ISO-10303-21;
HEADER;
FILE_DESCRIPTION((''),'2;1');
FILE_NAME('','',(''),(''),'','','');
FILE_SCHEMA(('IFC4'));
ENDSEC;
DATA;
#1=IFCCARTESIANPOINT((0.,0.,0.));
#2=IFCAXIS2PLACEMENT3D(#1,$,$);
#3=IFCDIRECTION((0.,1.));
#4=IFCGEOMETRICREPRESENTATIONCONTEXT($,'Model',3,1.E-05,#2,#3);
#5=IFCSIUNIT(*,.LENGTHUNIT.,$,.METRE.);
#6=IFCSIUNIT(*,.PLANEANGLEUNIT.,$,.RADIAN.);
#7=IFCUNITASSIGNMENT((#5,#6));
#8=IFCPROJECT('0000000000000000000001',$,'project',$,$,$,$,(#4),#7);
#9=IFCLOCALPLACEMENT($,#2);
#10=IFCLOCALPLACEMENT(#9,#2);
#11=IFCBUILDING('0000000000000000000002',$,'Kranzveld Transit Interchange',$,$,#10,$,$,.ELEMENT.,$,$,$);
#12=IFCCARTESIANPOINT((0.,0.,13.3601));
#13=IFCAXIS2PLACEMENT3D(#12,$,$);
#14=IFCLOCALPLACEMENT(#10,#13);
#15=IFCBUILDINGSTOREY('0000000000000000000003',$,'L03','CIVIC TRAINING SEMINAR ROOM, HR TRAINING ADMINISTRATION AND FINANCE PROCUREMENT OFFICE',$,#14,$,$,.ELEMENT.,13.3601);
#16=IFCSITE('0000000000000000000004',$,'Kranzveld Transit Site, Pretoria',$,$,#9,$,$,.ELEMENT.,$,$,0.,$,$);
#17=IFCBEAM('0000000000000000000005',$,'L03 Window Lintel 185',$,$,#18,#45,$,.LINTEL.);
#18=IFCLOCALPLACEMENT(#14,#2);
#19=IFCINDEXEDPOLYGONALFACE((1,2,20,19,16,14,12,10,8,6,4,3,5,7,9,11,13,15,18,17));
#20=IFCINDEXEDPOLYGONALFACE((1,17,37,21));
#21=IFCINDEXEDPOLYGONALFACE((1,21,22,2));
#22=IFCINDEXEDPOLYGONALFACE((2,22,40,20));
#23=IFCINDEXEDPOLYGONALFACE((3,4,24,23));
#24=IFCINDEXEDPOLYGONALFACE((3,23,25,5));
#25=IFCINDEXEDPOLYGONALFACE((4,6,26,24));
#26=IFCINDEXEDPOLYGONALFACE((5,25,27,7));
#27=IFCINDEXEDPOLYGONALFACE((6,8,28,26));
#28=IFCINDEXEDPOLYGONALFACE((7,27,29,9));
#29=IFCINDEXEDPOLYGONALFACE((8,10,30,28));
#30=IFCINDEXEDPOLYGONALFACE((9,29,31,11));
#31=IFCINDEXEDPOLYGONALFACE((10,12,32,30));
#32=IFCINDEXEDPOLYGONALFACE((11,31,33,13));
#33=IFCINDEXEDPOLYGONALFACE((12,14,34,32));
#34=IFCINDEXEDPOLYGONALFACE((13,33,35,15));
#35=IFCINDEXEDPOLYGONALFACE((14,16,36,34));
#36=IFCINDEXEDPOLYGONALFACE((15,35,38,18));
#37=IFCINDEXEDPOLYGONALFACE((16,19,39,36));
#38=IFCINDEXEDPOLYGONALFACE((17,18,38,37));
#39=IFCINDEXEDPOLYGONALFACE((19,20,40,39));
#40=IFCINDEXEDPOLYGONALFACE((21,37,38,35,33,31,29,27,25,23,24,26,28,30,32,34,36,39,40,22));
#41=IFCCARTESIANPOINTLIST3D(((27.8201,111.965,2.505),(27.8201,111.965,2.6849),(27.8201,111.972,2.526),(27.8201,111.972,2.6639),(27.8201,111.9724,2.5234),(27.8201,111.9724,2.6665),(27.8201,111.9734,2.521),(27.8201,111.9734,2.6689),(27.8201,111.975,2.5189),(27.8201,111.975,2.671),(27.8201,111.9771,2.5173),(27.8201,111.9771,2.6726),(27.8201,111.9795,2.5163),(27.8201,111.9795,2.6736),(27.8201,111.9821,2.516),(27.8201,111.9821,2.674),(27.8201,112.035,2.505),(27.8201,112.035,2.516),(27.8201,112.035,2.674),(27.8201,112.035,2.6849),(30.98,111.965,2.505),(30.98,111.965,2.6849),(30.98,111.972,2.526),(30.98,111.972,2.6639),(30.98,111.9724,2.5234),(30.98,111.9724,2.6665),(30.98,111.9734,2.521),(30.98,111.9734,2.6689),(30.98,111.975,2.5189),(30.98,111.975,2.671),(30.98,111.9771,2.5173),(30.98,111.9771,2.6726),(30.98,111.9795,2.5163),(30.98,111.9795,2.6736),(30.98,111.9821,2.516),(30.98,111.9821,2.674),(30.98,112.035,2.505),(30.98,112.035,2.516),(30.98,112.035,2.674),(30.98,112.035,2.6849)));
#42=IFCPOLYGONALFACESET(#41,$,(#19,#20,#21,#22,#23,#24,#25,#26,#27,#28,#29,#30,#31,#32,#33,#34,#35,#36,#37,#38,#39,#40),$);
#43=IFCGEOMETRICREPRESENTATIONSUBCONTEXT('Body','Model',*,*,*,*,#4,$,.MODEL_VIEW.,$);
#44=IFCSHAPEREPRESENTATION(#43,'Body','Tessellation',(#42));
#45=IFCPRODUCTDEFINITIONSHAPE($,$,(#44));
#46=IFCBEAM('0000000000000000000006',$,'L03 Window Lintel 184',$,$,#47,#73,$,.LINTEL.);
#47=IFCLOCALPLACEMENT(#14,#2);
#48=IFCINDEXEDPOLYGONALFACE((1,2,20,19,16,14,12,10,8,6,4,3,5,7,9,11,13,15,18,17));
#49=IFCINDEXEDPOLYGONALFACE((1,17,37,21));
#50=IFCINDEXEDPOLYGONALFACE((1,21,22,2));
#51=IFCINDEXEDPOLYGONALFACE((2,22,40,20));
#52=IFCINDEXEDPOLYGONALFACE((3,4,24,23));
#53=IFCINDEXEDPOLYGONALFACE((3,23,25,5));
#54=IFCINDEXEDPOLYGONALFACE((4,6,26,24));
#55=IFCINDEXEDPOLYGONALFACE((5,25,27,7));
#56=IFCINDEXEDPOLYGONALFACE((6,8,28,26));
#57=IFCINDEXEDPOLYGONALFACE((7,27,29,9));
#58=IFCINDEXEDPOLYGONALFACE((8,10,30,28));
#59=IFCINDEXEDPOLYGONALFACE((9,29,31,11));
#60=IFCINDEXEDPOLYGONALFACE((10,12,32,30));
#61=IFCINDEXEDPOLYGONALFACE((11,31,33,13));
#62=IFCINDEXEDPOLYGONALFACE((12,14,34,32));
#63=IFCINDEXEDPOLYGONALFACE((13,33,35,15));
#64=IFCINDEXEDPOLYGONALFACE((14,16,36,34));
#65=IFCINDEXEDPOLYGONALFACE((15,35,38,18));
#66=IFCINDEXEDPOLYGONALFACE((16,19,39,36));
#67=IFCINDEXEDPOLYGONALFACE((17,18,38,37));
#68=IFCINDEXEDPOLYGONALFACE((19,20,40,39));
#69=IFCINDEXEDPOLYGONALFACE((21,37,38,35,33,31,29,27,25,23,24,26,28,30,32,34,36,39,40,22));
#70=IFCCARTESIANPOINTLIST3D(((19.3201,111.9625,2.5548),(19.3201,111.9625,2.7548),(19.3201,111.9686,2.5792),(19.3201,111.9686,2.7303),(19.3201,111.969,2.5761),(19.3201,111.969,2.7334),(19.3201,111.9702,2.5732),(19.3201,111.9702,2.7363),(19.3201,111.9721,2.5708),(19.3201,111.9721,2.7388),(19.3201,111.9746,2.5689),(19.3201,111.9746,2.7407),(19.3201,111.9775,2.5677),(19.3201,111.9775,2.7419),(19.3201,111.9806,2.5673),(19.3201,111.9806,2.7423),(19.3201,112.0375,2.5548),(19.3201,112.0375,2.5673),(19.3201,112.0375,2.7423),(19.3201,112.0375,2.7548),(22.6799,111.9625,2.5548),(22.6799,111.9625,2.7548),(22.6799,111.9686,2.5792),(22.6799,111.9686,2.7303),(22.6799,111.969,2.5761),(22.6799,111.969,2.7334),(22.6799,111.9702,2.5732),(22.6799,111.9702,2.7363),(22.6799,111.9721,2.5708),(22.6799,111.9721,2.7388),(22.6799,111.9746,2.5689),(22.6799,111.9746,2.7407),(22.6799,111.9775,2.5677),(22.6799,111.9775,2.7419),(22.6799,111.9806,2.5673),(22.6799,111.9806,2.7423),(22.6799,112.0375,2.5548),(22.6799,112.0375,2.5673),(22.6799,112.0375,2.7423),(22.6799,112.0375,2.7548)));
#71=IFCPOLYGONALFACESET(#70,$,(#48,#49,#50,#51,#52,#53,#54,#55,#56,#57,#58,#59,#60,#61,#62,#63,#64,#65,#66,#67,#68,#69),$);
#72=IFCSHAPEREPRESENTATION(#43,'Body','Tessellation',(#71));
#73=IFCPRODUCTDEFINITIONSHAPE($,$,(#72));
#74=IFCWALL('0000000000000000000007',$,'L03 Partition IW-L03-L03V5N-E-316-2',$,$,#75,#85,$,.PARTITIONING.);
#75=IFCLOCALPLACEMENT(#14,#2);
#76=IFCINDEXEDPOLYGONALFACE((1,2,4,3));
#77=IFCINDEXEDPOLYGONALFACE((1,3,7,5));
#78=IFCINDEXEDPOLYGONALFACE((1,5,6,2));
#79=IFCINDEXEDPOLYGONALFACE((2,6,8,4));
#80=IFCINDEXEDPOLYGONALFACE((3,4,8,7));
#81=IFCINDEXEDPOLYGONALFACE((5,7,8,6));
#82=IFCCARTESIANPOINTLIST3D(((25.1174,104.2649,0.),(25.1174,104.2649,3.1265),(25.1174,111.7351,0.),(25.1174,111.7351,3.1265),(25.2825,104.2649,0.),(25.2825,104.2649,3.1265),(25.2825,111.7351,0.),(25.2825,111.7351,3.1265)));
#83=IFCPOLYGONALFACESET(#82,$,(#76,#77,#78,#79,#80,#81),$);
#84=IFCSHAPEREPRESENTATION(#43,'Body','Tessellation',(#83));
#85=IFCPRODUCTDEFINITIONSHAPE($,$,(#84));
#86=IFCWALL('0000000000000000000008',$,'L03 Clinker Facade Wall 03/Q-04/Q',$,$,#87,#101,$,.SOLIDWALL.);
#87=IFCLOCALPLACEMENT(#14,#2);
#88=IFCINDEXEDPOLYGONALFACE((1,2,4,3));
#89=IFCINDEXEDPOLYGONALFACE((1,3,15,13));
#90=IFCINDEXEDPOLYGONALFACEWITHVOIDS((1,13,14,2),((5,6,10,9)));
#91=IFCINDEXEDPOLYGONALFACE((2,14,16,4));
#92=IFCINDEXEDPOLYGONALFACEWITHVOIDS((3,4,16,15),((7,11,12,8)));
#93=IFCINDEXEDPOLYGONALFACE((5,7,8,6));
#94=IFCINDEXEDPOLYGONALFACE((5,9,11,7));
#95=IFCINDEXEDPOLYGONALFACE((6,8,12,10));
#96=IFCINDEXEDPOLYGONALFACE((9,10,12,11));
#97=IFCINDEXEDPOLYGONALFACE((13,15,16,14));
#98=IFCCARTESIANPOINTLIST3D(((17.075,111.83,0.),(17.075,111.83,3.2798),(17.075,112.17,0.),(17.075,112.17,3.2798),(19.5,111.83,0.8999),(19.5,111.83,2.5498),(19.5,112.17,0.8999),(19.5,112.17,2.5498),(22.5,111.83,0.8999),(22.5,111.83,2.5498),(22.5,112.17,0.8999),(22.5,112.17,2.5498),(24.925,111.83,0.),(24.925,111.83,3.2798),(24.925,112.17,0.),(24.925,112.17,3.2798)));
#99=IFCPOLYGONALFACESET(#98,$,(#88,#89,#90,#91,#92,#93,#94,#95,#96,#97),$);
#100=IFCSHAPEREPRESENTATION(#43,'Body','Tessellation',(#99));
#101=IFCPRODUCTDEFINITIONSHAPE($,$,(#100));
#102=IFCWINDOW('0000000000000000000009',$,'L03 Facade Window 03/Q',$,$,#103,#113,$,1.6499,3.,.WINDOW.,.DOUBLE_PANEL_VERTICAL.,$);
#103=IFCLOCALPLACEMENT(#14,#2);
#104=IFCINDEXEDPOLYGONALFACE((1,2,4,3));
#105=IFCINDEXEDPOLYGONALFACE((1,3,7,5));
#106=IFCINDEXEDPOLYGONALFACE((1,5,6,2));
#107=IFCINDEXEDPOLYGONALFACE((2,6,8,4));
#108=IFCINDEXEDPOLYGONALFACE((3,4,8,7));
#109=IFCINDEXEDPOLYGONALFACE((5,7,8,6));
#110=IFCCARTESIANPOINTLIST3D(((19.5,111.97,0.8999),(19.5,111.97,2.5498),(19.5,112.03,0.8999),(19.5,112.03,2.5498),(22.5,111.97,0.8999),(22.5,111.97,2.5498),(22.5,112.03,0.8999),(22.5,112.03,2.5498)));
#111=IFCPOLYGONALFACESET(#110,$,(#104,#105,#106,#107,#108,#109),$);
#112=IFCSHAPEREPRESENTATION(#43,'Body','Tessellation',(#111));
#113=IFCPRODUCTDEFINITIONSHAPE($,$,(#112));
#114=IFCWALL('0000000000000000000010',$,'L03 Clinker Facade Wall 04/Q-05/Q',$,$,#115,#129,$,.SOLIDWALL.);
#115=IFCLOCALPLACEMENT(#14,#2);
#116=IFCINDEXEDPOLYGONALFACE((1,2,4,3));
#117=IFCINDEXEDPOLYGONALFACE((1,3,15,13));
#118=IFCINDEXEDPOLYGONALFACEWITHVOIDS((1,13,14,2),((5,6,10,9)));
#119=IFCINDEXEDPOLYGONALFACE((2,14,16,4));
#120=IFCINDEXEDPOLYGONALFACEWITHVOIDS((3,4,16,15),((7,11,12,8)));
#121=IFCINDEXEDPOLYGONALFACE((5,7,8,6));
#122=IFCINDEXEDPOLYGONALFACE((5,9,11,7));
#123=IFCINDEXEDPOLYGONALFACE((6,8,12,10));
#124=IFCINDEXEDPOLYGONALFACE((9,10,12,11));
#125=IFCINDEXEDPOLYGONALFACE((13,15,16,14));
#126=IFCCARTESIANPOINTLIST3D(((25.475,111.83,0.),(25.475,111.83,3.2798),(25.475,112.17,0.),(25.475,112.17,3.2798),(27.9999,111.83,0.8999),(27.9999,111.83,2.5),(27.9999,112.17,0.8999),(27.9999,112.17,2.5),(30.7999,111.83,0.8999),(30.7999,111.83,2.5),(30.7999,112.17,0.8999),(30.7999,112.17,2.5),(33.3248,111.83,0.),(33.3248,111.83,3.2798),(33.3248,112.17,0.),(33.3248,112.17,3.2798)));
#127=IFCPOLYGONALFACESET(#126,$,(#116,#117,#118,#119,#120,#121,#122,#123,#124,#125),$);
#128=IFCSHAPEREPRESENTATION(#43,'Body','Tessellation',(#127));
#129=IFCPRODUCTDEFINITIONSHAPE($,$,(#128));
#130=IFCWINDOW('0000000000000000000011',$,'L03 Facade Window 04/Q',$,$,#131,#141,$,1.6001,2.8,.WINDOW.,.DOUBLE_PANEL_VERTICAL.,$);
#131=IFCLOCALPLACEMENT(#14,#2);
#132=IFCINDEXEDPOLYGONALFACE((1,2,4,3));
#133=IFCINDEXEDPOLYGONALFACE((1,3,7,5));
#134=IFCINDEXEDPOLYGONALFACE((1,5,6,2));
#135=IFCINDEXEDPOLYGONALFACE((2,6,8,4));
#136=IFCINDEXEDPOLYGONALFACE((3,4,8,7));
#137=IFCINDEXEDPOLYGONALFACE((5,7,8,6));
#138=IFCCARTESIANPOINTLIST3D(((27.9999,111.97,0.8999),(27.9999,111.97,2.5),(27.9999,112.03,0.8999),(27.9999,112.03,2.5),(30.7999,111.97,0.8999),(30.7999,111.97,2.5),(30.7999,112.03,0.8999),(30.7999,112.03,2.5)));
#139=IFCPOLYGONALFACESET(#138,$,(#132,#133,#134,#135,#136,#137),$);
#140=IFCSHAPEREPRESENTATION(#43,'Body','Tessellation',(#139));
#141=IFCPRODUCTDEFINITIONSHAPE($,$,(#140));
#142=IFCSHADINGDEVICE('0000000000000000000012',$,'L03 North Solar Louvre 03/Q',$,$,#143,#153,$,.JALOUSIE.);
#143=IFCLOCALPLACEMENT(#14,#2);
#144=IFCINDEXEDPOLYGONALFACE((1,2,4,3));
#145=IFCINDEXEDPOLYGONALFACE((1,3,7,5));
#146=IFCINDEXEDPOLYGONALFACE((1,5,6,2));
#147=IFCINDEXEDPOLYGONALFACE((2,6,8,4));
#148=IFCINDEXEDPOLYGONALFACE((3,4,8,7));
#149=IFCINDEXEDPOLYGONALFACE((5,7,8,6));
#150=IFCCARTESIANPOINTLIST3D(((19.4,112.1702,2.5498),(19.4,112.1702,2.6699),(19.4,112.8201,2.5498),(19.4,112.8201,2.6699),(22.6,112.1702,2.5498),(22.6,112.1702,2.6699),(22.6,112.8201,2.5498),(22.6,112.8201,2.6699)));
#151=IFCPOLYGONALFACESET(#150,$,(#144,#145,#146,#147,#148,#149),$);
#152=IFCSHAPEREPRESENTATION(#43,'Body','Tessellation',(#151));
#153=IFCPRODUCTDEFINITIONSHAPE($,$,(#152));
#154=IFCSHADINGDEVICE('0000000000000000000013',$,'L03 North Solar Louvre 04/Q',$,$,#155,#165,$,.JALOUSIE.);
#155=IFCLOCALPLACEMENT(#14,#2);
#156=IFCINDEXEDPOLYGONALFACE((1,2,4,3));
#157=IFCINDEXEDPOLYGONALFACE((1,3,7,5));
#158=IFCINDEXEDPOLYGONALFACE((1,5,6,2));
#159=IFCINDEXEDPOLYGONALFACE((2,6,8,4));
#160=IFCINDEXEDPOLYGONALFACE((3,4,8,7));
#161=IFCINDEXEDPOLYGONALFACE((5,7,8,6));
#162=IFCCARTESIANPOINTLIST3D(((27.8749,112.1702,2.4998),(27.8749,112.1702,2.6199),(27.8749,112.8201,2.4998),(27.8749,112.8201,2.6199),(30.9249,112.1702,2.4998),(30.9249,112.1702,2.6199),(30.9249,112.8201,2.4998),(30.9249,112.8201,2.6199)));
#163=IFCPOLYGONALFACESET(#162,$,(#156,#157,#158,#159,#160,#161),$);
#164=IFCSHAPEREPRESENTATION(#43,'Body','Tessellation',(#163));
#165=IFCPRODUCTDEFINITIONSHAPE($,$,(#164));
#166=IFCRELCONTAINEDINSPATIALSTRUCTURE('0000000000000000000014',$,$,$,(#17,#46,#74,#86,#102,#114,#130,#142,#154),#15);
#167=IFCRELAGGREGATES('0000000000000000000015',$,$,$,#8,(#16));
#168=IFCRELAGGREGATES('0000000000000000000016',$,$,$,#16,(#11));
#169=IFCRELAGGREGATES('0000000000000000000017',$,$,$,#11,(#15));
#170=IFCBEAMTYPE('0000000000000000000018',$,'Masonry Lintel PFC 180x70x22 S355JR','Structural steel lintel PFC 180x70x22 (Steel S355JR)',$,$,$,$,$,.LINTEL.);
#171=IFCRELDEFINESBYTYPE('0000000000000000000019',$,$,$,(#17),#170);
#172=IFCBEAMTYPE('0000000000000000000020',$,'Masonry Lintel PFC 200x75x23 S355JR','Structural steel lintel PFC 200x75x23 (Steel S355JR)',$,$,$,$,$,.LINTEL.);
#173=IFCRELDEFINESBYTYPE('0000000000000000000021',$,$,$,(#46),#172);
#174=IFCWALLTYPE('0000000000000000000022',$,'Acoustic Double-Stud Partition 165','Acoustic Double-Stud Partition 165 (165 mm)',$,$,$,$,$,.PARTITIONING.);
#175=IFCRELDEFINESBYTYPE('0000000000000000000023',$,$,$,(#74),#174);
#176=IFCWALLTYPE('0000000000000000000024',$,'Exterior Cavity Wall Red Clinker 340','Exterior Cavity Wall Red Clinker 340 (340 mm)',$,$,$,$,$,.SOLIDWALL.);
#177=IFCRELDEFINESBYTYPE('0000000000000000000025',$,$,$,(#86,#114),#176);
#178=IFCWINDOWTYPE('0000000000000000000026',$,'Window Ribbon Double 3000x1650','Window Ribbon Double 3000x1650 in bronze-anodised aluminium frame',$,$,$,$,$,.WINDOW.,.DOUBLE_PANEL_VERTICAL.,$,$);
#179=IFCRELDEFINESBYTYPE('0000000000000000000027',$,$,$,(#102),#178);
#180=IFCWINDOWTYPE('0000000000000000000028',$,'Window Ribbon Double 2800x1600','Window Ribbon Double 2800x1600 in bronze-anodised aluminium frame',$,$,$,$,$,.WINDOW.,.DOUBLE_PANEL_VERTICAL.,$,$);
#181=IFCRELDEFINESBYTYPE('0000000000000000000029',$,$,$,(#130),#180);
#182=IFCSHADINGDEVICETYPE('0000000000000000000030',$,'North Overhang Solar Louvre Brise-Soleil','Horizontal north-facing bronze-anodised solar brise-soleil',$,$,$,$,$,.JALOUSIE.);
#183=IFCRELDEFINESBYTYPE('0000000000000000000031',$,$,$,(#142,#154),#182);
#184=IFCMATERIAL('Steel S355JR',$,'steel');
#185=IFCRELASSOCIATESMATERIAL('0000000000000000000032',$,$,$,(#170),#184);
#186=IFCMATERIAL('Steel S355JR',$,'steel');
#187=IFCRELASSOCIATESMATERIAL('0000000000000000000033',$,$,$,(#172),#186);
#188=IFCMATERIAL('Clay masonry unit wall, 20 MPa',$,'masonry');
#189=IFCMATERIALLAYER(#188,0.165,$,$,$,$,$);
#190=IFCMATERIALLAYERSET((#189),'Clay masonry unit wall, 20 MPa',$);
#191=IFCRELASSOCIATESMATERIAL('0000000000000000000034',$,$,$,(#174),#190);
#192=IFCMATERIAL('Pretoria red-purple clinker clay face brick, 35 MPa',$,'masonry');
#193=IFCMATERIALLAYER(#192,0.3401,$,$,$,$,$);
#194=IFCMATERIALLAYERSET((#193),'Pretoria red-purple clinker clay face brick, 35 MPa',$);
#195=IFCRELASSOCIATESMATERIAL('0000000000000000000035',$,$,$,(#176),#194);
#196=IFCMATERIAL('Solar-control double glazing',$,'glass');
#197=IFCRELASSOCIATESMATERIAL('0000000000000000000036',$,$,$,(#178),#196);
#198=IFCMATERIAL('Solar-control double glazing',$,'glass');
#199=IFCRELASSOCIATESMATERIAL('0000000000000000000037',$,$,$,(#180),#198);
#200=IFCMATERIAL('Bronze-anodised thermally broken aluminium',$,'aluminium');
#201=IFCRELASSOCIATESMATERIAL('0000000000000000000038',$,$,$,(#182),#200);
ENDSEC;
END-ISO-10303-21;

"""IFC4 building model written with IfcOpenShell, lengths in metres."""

from ifc_helpers import new_model, si_unit, direction, frame, frame_2d, origin, origin_2d, place, context, subcontext, project, spatial, rectangle, u_section, extrude, material, layer, layer_set, material_profile, profile_set, type_object, element, fill, save


model = new_model("IFC4")

# Units and contexts
model_context = context("Model", 3, precision=1e-05, world=origin(), true_north=direction((0.0, 1.0)))
body_context = subcontext(model_context, "Body", "Model", "MODEL_VIEW")
ifc_project = project(units=[si_unit("LENGTHUNIT", "METRE"), si_unit("PLANEANGLEUNIT", "RADIAN")], contexts=[model_context])

# Site, building, storey
site_placement = place(None, origin())
site = spatial("IfcSite", under=ifc_project, at=site_placement, Name="Kranzveld Transit Site, Pretoria", CompositionType="ELEMENT", RefElevation=0.0)
building_placement = place(site_placement, origin())
building = spatial("IfcBuilding", under=site, at=building_placement, Name="Kranzveld Transit Interchange", CompositionType="ELEMENT")
storey_placement = place(building_placement, frame((0.0, 0.0, 13.3601)))
storey = spatial("IfcBuildingStorey", under=building, at=storey_placement, Name="L03", Description="CIVIC TRAINING SEMINAR ROOM, HR TRAINING ADMINISTRATION AND FINANCE PROCUREMENT OFFICE", CompositionType="ELEMENT", Elevation=13.3601)

# Beams
ifc_material_1 = material(Name="Steel S355JR", Category="steel")
ifc_material_profile_1 = material_profile(ifc_material_1, u_section(Depth=0.1799, FlangeWidth=0.0701, WebThickness=0.0071, FlangeThickness=0.011, FilletRadius=0.01, at=origin_2d()), Name="PFC 180x70x22")
ifc_profile_set_1 = profile_set([ifc_material_profile_1], Name="Steel S355JR")
beam_type_1 = type_object("IfcBeamType", Name="Masonry Lintel PFC 180x70x22 S355JR", Description="Structural steel lintel PFC 180x70x22 (Steel S355JR)", PredefinedType="LINTEL", material=ifc_profile_set_1)
beam_1_placement = place(storey_placement, frame((27.8201, 112.0, 2.595), z_axis=(1.0, 0.0, 0.0), x_axis=(0.0, 1.0, 0.0)))
element("IfcBeam", 1, at=beam_1_placement, inside=storey, type_object=beam_type_1, Name="L03 Window Lintel 185", PredefinedType="LINTEL", context=body_context, shape_type="SweptSolid", body=[
    extrude(u_section(Depth=0.1799, FlangeWidth=0.0701, WebThickness=0.0071, FlangeThickness=0.011, FilletRadius=0.01, at=origin_2d()), origin(), (0.0, 0.0, 1.0), 3.1599),
])
ifc_material_2 = material(Name="Steel S355JR", Category="steel")
ifc_material_profile_2 = material_profile(ifc_material_2, u_section(Depth=0.2, FlangeWidth=0.075, WebThickness=0.0061, FlangeThickness=0.0125, FilletRadius=0.012, at=origin_2d()), Name="PFC 200x75x23")
ifc_profile_set_2 = profile_set([ifc_material_profile_2], Name="Steel S355JR")
beam_type_2 = type_object("IfcBeamType", Name="Masonry Lintel PFC 200x75x23 S355JR", Description="Structural steel lintel PFC 200x75x23 (Steel S355JR)", PredefinedType="LINTEL", material=ifc_profile_set_2)
beam_2_placement = place(storey_placement, frame((19.3201, 112.0, 2.6548), z_axis=(1.0, 0.0, 0.0), x_axis=(0.0, 1.0, 0.0)))
element("IfcBeam", 2, at=beam_2_placement, inside=storey, type_object=beam_type_2, Name="L03 Window Lintel 184", PredefinedType="LINTEL", context=body_context, shape_type="SweptSolid", body=[
    extrude(u_section(Depth=0.2, FlangeWidth=0.075, WebThickness=0.0061, FlangeThickness=0.0125, FilletRadius=0.012, at=origin_2d()), origin(), (0.0, 0.0, 1.0), 3.3599),
])

# Wall
ifc_material_3 = material(Name="Clay masonry unit wall, 20 MPa", Category="masonry")
ifc_layer_1 = layer(ifc_material_3, 0.165)
ifc_layer_set_1 = layer_set([ifc_layer_1], Name="Clay masonry unit wall, 20 MPa")
wall_type_1 = type_object("IfcWallType", Name="Acoustic Double-Stud Partition 165", Description="Acoustic Double-Stud Partition 165 (165 mm)", PredefinedType="PARTITIONING", material=ifc_layer_set_1)
wall_1_placement = place(storey_placement, frame((25.2, 104.2649, 0.0), z_axis=(0.0, 0.0, 1.0), x_axis=(0.0, 1.0, 0.0)))
element("IfcWall", 3, at=wall_1_placement, inside=storey, type_object=wall_type_1, Name="L03 Partition IW-L03-L03V5N-E-316-2", PredefinedType="PARTITIONING", context=body_context, shape_type="SweptSolid", body=[
    extrude(rectangle(XDim=7.4702, YDim=0.165, at=frame_2d((3.7351, 0.0))), origin(), (0.0, 0.0, 1.0), 3.1265),
])

# Walls, openings, windows
ifc_material_4 = material(Name="Pretoria red-purple clinker clay face brick, 35 MPa", Category="masonry")
ifc_layer_2 = layer(ifc_material_4, 0.3401)
ifc_layer_set_2 = layer_set([ifc_layer_2], Name="Pretoria red-purple clinker clay face brick, 35 MPa")
wall_type_2 = type_object("IfcWallType", Name="Exterior Cavity Wall Red Clinker 340", Description="Exterior Cavity Wall Red Clinker 340 (340 mm)", PredefinedType="SOLIDWALL", material=ifc_layer_set_2)
wall_2_placement = place(storey_placement, frame((17.075, 112.0, 0.0), z_axis=(0.0, 0.0, 1.0), x_axis=(1.0, 0.0, 0.0)))
wall_2 = element("IfcWall", 4, at=wall_2_placement, inside=storey, type_object=wall_type_2, Name="L03 Clinker Facade Wall 03/Q-04/Q", PredefinedType="SOLIDWALL", context=body_context, shape_type="SweptSolid", body=[
    extrude(rectangle(XDim=7.8501, YDim=0.3401, at=frame_2d((3.925, 0.0))), origin(), (0.0, 0.0, 1.0), 3.2798),
])
opening_1_placement = place(wall_2_placement, frame((2.425, 0.0, 0.8999), z_axis=(0.0, 0.0, 1.0), x_axis=(1.0, 0.0, 0.0)))
opening_1 = element("IfcOpeningElement", 5, at=opening_1_placement, cuts=wall_2, PredefinedType="OPENING", context=body_context, shape_type="SweptSolid", body=[
    extrude(rectangle(XDim=3.0, YDim=1.6499, at=frame_2d((1.5, 0.825))), frame((0.0, 0.1799, 0.0), z_axis=(0.0, -1.0, 0.0), x_axis=(1.0, 0.0, 0.0)), (0.0, 0.0, 1.0), 0.3601),
])
ifc_material_5 = material(Name="Solar-control double glazing", Category="glass")
window_type_1 = type_object("IfcWindowType", Name="Window Ribbon Double 3000x1650", Description="Window Ribbon Double 3000x1650 in bronze-anodised aluminium frame", PartitioningType="DOUBLE_PANEL_VERTICAL", PredefinedType="WINDOW", material=ifc_material_5)
window_1_placement = place(opening_1_placement, origin())
window_1 = element("IfcWindow", 6, at=window_1_placement, inside=storey, type_object=window_type_1, Name="L03 Facade Window 03/Q", OverallHeight=1.6499, OverallWidth=3.0, PartitioningType="DOUBLE_PANEL_VERTICAL", PredefinedType="WINDOW", context=body_context, shape_type="SweptSolid", body=[
    extrude(rectangle(XDim=3.0, YDim=1.6499, at=frame_2d((1.5, 0.825))), frame((0.0, 0.03, 0.0), z_axis=(0.0, -1.0, 0.0), x_axis=(1.0, 0.0, 0.0)), (0.0, 0.0, 1.0), 0.0601),
])
fill(opening_1, window_1)
wall_3_placement = place(storey_placement, frame((25.4751, 112.0, 0.0), z_axis=(0.0, 0.0, 1.0), x_axis=(1.0, 0.0, 0.0)))
wall_3 = element("IfcWall", 7, at=wall_3_placement, inside=storey, type_object=wall_type_2, Name="L03 Clinker Facade Wall 04/Q-05/Q", PredefinedType="SOLIDWALL", context=body_context, shape_type="SweptSolid", body=[
    extrude(rectangle(XDim=7.8499, YDim=0.3401, at=frame_2d((3.9248, 0.0))), origin(), (0.0, 0.0, 1.0), 3.2798),
])
opening_2_placement = place(wall_3_placement, frame((2.5249, 0.0, 0.8999), z_axis=(0.0, 0.0, 1.0), x_axis=(1.0, 0.0, 0.0)))
opening_2 = element("IfcOpeningElement", 8, at=opening_2_placement, cuts=wall_3, PredefinedType="OPENING", context=body_context, shape_type="SweptSolid", body=[
    extrude(rectangle(XDim=2.8, YDim=1.6001, at=frame_2d((1.3999, 0.8))), frame((0.0, 0.1799, 0.0), z_axis=(0.0, -1.0, 0.0), x_axis=(1.0, 0.0, 0.0)), (0.0, 0.0, 1.0), 0.3601),
])
ifc_material_6 = material(Name="Solar-control double glazing", Category="glass")
window_type_2 = type_object("IfcWindowType", Name="Window Ribbon Double 2800x1600", Description="Window Ribbon Double 2800x1600 in bronze-anodised aluminium frame", PartitioningType="DOUBLE_PANEL_VERTICAL", PredefinedType="WINDOW", material=ifc_material_6)
window_2_placement = place(opening_2_placement, origin())
window_2 = element("IfcWindow", 9, at=window_2_placement, inside=storey, type_object=window_type_2, Name="L03 Facade Window 04/Q", OverallHeight=1.6001, OverallWidth=2.8, PartitioningType="DOUBLE_PANEL_VERTICAL", PredefinedType="WINDOW", context=body_context, shape_type="SweptSolid", body=[
    extrude(rectangle(XDim=2.8, YDim=1.6001, at=frame_2d((1.3999, 0.8))), frame((0.0, 0.03, 0.0), z_axis=(0.0, -1.0, 0.0), x_axis=(1.0, 0.0, 0.0)), (0.0, 0.0, 1.0), 0.0601),
])
fill(opening_2, window_2)

# Shading devices
ifc_material_7 = material(Name="Bronze-anodised thermally broken aluminium", Category="aluminium")
shading_device_type = type_object("IfcShadingDeviceType", Name="North Overhang Solar Louvre Brise-Soleil", Description="Horizontal north-facing bronze-anodised solar brise-soleil", PredefinedType="JALOUSIE", material=ifc_material_7)
shading_device_1_placement = place(storey_placement, frame((21.0, 112.4951, 2.5498), z_axis=(0.0, 0.0, 1.0), x_axis=(1.0, 0.0, 0.0)))
element("IfcShadingDevice", 10, at=shading_device_1_placement, inside=storey, type_object=shading_device_type, Name="L03 North Solar Louvre 03/Q", PredefinedType="JALOUSIE", context=body_context, shape_type="SweptSolid", body=[
    extrude(rectangle(XDim=3.2, YDim=0.6499, at=origin_2d()), origin(), (0.0, 0.0, 1.0), 0.1201),
])
shading_device_2_placement = place(storey_placement, frame((29.3999, 112.4951, 2.4998), z_axis=(0.0, 0.0, 1.0), x_axis=(1.0, 0.0, 0.0)))
element("IfcShadingDevice", 11, at=shading_device_2_placement, inside=storey, type_object=shading_device_type, Name="L03 North Solar Louvre 04/Q", PredefinedType="JALOUSIE", context=body_context, shape_type="SweptSolid", body=[
    extrude(rectangle(XDim=3.05, YDim=0.6499, at=origin_2d()), origin(), (0.0, 0.0, 1.0), 0.1201),
])

save(model, "model.ifc")
